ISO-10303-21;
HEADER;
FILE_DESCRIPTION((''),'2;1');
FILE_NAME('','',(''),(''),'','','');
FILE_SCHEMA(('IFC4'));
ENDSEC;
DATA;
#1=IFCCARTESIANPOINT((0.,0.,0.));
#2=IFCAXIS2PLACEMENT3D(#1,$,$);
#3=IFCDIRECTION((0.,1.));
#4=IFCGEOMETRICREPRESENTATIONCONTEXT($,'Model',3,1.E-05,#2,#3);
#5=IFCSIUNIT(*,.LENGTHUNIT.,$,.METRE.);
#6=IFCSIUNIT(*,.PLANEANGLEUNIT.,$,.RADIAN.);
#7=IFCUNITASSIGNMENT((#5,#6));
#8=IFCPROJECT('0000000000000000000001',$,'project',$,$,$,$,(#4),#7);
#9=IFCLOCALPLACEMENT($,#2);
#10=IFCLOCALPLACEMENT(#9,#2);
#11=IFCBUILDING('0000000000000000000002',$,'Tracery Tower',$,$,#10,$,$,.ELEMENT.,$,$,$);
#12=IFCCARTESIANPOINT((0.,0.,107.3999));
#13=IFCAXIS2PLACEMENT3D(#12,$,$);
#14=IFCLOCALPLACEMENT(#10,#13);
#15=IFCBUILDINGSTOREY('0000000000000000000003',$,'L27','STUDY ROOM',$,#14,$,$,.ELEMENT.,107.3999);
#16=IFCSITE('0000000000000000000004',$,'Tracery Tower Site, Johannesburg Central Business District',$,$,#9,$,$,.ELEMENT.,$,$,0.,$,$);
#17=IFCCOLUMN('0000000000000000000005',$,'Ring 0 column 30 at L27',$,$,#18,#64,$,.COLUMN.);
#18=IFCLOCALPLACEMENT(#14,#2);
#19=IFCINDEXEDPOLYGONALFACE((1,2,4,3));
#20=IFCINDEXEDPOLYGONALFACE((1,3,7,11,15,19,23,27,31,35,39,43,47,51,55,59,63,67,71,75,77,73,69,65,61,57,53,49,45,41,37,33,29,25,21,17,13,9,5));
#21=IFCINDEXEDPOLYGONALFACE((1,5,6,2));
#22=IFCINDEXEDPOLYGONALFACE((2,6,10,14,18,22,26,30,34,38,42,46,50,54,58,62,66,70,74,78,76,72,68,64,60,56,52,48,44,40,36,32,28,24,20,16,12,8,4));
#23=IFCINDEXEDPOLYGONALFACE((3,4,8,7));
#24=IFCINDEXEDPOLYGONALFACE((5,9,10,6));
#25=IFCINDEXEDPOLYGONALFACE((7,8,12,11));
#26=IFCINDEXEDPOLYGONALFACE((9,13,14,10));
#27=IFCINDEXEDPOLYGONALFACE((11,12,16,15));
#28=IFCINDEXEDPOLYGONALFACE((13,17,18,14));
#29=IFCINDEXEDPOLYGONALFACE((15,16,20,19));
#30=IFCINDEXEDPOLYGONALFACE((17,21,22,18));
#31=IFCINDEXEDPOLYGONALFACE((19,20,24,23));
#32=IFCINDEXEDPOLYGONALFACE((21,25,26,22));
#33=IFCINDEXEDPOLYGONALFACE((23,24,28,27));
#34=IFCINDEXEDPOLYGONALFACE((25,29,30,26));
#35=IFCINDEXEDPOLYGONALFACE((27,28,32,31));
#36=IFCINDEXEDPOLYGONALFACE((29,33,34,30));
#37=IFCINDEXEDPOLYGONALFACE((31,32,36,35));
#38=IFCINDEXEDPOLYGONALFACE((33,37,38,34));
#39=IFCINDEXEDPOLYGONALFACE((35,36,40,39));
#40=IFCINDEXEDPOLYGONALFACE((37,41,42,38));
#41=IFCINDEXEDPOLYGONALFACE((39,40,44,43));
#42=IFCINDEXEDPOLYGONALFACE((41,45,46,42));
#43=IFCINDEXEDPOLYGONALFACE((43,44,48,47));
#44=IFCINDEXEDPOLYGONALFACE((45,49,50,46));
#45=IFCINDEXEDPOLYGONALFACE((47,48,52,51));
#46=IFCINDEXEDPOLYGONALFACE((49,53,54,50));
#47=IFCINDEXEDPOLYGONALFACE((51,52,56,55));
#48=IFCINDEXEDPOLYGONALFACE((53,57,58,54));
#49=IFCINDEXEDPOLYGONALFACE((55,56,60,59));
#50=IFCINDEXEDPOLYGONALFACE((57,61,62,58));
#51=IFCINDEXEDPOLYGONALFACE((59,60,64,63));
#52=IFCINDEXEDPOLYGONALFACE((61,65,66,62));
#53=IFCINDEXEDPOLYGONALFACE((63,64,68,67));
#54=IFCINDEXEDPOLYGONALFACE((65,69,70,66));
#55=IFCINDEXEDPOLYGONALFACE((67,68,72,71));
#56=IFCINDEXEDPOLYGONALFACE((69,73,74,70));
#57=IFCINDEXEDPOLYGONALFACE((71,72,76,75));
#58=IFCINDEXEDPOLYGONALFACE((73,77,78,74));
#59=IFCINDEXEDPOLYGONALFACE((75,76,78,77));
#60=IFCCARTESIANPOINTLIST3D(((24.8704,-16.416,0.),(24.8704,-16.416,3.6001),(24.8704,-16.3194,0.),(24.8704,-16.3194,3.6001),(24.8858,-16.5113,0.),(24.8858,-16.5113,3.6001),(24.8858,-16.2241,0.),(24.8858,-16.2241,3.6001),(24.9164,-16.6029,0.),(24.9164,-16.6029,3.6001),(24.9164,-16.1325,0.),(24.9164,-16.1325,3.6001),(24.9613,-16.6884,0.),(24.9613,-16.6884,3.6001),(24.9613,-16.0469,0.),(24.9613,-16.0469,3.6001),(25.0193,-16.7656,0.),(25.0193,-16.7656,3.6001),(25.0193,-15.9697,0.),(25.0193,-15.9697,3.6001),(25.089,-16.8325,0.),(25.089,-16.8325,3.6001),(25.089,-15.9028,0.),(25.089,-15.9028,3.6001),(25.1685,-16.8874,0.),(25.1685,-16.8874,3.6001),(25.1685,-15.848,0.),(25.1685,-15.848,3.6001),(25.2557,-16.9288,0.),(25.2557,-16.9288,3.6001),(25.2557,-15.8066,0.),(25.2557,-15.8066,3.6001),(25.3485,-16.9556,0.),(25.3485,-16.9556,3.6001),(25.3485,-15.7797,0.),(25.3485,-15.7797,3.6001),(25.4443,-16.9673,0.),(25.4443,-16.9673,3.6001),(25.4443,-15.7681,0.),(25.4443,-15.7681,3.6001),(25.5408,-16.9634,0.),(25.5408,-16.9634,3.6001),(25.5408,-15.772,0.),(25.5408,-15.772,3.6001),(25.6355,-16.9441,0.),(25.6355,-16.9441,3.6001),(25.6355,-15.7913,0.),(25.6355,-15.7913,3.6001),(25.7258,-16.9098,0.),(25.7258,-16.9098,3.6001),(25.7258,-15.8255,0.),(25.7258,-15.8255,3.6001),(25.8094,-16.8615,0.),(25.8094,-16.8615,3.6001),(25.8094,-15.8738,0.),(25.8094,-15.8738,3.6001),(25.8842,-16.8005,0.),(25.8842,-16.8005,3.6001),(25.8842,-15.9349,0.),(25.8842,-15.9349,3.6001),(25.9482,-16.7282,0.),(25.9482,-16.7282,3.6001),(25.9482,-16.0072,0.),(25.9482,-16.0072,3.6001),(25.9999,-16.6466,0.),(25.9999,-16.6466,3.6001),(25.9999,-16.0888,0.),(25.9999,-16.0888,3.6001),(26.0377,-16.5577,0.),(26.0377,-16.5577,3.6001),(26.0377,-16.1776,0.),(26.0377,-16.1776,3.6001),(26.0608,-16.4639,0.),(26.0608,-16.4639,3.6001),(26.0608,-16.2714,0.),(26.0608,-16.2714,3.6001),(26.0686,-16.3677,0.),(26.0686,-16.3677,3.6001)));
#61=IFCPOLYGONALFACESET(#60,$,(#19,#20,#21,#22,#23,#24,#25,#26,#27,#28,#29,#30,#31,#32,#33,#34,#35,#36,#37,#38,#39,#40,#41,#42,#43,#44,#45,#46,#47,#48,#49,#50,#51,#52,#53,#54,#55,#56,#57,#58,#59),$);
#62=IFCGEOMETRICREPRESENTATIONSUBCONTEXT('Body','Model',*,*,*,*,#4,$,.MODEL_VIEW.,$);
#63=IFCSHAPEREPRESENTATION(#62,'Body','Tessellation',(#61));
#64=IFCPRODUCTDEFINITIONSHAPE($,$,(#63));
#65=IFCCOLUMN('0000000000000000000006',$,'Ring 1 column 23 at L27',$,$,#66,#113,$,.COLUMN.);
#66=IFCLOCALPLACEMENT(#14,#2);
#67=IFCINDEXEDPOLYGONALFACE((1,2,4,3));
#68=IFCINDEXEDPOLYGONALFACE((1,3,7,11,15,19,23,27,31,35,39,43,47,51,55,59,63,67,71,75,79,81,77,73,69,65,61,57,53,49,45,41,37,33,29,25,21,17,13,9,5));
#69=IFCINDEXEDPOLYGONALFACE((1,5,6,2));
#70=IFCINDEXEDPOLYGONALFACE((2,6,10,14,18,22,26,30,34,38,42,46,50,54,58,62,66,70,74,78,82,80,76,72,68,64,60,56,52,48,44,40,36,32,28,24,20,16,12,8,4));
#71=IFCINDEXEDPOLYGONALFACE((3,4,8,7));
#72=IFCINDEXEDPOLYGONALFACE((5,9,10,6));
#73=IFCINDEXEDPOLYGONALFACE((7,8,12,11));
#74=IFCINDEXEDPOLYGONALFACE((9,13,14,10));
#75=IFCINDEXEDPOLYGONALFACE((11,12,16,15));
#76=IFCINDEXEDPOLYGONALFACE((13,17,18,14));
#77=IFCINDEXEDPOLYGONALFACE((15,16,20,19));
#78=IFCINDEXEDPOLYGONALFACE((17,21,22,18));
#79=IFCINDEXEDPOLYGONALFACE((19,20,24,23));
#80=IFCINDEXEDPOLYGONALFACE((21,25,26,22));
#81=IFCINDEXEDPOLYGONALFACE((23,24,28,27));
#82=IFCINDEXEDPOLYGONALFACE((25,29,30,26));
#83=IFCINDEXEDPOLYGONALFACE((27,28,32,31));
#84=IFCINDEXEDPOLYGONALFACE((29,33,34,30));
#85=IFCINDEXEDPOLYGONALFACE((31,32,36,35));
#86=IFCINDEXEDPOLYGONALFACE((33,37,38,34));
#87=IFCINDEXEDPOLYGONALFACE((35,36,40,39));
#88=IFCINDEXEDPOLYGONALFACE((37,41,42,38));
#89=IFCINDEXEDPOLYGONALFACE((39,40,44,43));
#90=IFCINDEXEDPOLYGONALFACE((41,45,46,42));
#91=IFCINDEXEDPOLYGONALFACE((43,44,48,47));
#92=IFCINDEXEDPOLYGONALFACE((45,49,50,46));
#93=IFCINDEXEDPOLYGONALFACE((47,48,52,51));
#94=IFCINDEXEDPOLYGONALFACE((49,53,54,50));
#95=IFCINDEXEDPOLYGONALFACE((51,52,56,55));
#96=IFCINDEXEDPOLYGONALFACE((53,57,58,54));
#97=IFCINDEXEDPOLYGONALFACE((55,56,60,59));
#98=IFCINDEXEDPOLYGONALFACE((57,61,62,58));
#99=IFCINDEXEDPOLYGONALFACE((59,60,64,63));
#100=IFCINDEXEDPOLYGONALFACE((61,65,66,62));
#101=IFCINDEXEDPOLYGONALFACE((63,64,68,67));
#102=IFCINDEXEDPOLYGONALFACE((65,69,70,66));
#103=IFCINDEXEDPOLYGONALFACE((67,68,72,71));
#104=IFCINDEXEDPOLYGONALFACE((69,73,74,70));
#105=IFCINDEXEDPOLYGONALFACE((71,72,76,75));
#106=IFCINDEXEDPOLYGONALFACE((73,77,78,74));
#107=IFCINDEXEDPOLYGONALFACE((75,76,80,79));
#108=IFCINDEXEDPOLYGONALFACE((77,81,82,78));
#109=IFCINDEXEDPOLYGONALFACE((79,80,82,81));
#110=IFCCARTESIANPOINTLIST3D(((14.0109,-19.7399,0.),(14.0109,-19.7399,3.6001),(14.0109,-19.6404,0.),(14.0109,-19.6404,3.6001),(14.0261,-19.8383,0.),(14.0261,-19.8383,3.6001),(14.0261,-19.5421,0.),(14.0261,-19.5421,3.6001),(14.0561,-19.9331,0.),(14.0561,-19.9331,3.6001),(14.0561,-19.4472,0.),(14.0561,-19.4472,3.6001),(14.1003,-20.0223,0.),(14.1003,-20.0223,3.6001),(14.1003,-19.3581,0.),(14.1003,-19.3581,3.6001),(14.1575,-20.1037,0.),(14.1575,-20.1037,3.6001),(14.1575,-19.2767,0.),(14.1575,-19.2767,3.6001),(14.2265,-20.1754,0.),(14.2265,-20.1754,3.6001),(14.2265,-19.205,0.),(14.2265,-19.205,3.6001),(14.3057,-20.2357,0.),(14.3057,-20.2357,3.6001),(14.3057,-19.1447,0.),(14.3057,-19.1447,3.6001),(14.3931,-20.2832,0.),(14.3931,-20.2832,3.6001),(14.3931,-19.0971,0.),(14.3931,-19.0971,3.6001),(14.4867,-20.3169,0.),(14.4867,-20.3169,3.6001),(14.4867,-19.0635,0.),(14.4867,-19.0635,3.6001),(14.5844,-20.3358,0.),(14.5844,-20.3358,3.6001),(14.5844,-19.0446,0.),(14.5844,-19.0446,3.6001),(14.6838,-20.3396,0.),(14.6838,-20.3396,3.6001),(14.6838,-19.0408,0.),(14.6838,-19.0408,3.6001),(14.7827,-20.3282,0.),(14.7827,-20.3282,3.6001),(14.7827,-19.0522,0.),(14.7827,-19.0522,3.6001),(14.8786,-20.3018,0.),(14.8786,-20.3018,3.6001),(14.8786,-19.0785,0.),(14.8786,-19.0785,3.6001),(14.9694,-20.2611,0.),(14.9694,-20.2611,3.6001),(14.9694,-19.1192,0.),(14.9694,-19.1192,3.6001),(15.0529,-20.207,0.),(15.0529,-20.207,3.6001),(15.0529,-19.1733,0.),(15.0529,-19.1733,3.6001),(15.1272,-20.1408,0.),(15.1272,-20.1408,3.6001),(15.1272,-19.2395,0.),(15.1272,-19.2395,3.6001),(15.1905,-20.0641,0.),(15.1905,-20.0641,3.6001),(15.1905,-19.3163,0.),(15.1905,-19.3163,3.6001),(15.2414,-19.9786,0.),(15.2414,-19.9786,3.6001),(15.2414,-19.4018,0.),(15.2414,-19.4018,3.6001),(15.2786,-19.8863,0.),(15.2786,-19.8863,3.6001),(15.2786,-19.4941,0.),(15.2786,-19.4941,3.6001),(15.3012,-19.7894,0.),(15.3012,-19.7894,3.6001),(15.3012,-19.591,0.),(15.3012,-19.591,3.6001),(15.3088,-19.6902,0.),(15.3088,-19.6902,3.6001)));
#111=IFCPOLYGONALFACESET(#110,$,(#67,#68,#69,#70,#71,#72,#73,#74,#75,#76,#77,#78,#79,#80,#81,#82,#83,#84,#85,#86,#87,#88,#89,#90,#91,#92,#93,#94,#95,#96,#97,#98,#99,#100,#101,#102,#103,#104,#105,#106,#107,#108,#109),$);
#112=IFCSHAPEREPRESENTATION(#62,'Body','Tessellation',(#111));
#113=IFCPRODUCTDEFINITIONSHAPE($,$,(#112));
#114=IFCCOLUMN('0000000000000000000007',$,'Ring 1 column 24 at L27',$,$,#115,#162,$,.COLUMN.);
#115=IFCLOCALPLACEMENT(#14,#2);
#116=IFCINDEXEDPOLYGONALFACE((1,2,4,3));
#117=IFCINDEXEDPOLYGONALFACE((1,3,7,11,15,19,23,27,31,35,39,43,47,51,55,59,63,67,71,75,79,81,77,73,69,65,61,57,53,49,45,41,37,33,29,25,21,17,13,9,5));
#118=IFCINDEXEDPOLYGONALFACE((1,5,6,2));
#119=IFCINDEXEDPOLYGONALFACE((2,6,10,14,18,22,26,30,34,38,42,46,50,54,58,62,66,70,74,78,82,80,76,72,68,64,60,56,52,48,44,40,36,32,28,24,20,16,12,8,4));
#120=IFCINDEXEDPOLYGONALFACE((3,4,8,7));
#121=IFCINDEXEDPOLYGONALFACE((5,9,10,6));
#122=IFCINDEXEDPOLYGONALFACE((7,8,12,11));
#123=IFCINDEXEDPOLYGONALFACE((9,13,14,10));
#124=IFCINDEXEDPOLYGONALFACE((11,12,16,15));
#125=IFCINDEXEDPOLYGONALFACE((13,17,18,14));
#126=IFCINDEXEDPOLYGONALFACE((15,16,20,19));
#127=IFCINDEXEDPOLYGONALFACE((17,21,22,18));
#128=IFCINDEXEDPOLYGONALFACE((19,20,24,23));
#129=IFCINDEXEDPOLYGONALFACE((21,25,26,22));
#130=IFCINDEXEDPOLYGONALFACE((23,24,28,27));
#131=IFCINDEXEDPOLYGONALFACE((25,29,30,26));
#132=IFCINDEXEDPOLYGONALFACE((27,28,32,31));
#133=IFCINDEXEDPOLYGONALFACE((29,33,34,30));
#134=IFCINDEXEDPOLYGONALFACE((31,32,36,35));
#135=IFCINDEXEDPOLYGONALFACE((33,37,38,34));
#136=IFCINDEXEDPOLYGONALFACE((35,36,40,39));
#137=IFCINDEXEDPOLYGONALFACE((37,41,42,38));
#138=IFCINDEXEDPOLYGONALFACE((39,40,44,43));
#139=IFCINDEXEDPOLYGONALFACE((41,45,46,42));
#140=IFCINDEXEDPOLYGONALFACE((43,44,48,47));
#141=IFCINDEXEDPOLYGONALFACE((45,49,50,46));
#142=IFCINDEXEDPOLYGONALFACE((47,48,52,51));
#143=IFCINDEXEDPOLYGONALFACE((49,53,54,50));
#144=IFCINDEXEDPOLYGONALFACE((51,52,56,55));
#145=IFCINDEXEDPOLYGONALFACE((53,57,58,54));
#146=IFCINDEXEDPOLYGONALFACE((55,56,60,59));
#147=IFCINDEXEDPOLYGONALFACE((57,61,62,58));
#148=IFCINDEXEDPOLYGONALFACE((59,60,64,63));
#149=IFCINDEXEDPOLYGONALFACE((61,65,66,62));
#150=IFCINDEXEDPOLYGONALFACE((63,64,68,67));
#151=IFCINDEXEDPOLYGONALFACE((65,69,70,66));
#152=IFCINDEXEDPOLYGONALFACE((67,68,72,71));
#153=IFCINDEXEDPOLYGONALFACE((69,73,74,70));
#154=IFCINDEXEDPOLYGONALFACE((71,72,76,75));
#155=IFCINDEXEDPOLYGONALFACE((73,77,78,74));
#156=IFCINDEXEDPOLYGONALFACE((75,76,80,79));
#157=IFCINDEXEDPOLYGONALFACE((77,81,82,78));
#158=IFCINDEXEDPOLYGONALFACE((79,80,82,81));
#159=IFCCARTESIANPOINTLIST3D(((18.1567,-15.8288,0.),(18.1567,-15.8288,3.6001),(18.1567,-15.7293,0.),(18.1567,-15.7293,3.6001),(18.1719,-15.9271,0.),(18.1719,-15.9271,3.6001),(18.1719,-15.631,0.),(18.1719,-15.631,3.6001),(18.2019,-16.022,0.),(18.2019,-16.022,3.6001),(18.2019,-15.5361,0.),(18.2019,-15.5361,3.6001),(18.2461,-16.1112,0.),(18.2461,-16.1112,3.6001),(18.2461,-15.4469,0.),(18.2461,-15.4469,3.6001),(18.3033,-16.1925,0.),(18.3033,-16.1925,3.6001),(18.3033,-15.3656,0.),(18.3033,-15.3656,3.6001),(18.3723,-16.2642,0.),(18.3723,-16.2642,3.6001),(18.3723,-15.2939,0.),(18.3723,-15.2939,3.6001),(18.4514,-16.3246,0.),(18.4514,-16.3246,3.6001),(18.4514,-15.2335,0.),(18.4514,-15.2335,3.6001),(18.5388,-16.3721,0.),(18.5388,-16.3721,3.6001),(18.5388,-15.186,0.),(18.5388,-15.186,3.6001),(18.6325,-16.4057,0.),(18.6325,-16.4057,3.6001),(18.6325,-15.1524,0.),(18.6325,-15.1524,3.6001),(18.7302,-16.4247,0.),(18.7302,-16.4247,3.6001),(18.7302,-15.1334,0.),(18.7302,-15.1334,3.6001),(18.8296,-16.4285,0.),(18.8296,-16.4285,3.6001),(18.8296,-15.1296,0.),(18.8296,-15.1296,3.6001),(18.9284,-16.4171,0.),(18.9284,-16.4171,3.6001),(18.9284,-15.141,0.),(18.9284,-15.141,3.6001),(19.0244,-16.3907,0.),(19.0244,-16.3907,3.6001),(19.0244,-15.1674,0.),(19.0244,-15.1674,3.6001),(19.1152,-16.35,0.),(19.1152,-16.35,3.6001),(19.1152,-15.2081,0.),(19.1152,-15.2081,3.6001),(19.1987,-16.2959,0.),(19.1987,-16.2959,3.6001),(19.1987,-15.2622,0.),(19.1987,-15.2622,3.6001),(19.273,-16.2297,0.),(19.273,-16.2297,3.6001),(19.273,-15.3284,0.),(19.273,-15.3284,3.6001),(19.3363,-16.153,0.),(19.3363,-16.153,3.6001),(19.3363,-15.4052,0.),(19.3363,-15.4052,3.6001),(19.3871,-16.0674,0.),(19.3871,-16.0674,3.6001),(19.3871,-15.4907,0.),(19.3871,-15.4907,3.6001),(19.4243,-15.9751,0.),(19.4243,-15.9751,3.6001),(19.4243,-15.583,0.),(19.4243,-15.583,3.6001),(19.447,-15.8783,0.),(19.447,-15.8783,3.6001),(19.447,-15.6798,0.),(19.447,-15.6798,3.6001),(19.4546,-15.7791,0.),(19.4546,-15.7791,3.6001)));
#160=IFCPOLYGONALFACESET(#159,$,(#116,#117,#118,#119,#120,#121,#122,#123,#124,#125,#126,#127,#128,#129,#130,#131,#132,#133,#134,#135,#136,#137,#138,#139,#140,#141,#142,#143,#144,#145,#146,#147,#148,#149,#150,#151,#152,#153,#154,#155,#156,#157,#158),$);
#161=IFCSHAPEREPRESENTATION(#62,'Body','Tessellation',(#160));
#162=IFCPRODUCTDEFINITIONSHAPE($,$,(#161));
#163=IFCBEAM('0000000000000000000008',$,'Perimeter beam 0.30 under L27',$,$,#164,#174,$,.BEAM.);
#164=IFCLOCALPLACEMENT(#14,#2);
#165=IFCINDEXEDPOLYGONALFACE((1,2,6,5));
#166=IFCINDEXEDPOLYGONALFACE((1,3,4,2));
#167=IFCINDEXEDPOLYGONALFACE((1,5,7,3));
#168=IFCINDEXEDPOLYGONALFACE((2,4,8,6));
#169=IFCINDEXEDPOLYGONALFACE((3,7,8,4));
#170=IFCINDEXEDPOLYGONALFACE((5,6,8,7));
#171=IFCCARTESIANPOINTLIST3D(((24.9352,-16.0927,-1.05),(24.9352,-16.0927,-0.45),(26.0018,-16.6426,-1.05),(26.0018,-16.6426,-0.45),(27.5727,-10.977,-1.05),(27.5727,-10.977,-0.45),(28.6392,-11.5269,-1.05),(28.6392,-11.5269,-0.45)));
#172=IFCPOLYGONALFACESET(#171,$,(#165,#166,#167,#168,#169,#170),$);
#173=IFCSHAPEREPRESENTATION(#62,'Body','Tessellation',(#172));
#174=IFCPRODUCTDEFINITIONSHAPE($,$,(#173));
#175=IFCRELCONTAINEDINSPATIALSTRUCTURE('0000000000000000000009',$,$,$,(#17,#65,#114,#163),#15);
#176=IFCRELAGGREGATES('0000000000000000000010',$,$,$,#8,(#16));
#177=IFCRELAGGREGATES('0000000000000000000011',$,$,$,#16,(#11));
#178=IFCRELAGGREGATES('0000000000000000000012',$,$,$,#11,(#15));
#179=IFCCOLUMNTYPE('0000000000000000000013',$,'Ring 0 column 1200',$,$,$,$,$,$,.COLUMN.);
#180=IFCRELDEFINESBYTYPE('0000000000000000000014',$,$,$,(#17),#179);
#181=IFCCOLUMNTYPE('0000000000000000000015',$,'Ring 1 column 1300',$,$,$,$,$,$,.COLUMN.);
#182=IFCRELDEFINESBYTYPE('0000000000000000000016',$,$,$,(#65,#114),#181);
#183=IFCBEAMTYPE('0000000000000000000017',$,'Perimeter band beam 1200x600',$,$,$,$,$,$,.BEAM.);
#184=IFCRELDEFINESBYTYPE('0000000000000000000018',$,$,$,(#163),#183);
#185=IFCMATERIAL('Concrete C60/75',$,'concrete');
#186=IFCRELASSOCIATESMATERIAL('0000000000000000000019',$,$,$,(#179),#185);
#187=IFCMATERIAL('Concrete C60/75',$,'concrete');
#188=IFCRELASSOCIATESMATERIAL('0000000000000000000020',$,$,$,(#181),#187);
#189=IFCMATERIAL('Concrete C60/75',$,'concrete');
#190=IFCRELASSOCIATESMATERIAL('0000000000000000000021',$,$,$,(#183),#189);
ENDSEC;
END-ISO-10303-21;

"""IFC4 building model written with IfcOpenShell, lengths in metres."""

from ifc_helpers import new_model, si_unit, direction, frame, origin, origin_2d, place, context, subcontext, project, spatial, rectangle, circle, extrude, material, material_profile, profile_set, type_object, element, save


model = new_model("IFC4")

# Units and contexts
model_context = context("Model", 3, precision=1e-05, world=origin(), true_north=direction((0.0, 1.0)))
body_context = subcontext(model_context, "Body", "Model", "MODEL_VIEW")
ifc_project = project(units=[si_unit("LENGTHUNIT", "METRE"), si_unit("PLANEANGLEUNIT", "RADIAN")], contexts=[model_context])

# Site, building, storey
site_placement = place(None, origin())
site = spatial("IfcSite", under=ifc_project, at=site_placement, Name="Tracery Tower Site, Johannesburg Central Business District", CompositionType="ELEMENT", RefElevation=0.0)
building_placement = place(site_placement, origin())
building = spatial("IfcBuilding", under=site, at=building_placement, Name="Tracery Tower", CompositionType="ELEMENT")
storey_placement = place(building_placement, frame((0.0, 0.0, 107.3999)))
storey = spatial("IfcBuildingStorey", under=building, at=storey_placement, Name="L27", Description="STUDY ROOM", CompositionType="ELEMENT", Elevation=107.3999)

# Columns
ifc_material_1 = material(Name="Concrete C60/75", Category="concrete")
ifc_material_profile_1 = material_profile(ifc_material_1, circle(Radius=0.6001, at=origin_2d()), Name="RC D1200")
ifc_profile_set_1 = profile_set([ifc_material_profile_1], Name="Concrete C60/75")
column_type_1 = type_object("IfcColumnType", Name="Ring 0 column 1200", PredefinedType="COLUMN", material=ifc_profile_set_1)
column_placement = place(storey_placement, frame((25.4685, -16.3677, 0.0), z_axis=(0.0, 0.0, 1.0), x_axis=(1.0, 0.0, 0.0)))
element("IfcColumn", 1, at=column_placement, inside=storey, type_object=column_type_1, Name="Ring 0 column 30 at L27", PredefinedType="COLUMN", context=body_context, shape_type="SweptSolid", body=[
    extrude(circle(Radius=0.6001, at=origin_2d()), origin(), (0.0, 0.0, 1.0), 3.6001),
])
ifc_material_2 = material(Name="Concrete C60/75", Category="concrete")
ifc_material_profile_2 = material_profile(ifc_material_2, circle(Radius=0.6499, at=origin_2d()), Name="RC D1300")
ifc_profile_set_2 = profile_set([ifc_material_profile_2], Name="Concrete C60/75")
column_type_2 = type_object("IfcColumnType", Name="Ring 1 column 1300", PredefinedType="COLUMN", material=ifc_profile_set_2)
for number, where, z_axis, x_axis, name in (
    (2, (14.6589, -19.6902, 0.0), (0.0, 0.0, 1.0), (1.0, 0.0, 0.0), "Ring 1 column 23 at L27"),
    (3, (18.8047, -15.7791, 0.0), (0.0, 0.0, 1.0), (1.0, 0.0, 0.0), "Ring 1 column 24 at L27"),
):
    element("IfcColumn", number, at=place(storey_placement, frame(where, z_axis=z_axis, x_axis=x_axis)), inside=storey, type_object=column_type_2, Name=name, PredefinedType="COLUMN", context=body_context, shape_type="SweptSolid", body=[
        extrude(circle(Radius=0.6499, at=origin_2d()), origin(), (0.0, 0.0, 1.0), 3.6001),
    ])

# Beam
ifc_material_3 = material(Name="Concrete C60/75", Category="concrete")
ifc_material_profile_3 = material_profile(ifc_material_3, rectangle(XDim=1.2, YDim=0.6001, at=origin_2d()), Name="RC 1200x600")
ifc_profile_set_3 = profile_set([ifc_material_profile_3], Name="Concrete C60/75")
beam_type = type_object("IfcBeamType", Name="Perimeter band beam 1200x600", PredefinedType="BEAM", material=ifc_profile_set_3)
beam_placement = place(storey_placement, frame((25.4685, -16.3677, -0.75), z_axis=(0.458242, 0.888827, 0.0), x_axis=(-0.888827, 0.458242, 0.0)))
element("IfcBeam", 4, at=beam_placement, inside=storey, type_object=beam_type, Name="Perimeter beam 0.30 under L27", PredefinedType="BEAM", context=body_context, shape_type="SweptSolid", body=[
    extrude(rectangle(XDim=1.2, YDim=0.6001, at=origin_2d()), origin(), (0.0, 0.0, 1.0), 5.7556),
])

save(model, "model.ifc")
